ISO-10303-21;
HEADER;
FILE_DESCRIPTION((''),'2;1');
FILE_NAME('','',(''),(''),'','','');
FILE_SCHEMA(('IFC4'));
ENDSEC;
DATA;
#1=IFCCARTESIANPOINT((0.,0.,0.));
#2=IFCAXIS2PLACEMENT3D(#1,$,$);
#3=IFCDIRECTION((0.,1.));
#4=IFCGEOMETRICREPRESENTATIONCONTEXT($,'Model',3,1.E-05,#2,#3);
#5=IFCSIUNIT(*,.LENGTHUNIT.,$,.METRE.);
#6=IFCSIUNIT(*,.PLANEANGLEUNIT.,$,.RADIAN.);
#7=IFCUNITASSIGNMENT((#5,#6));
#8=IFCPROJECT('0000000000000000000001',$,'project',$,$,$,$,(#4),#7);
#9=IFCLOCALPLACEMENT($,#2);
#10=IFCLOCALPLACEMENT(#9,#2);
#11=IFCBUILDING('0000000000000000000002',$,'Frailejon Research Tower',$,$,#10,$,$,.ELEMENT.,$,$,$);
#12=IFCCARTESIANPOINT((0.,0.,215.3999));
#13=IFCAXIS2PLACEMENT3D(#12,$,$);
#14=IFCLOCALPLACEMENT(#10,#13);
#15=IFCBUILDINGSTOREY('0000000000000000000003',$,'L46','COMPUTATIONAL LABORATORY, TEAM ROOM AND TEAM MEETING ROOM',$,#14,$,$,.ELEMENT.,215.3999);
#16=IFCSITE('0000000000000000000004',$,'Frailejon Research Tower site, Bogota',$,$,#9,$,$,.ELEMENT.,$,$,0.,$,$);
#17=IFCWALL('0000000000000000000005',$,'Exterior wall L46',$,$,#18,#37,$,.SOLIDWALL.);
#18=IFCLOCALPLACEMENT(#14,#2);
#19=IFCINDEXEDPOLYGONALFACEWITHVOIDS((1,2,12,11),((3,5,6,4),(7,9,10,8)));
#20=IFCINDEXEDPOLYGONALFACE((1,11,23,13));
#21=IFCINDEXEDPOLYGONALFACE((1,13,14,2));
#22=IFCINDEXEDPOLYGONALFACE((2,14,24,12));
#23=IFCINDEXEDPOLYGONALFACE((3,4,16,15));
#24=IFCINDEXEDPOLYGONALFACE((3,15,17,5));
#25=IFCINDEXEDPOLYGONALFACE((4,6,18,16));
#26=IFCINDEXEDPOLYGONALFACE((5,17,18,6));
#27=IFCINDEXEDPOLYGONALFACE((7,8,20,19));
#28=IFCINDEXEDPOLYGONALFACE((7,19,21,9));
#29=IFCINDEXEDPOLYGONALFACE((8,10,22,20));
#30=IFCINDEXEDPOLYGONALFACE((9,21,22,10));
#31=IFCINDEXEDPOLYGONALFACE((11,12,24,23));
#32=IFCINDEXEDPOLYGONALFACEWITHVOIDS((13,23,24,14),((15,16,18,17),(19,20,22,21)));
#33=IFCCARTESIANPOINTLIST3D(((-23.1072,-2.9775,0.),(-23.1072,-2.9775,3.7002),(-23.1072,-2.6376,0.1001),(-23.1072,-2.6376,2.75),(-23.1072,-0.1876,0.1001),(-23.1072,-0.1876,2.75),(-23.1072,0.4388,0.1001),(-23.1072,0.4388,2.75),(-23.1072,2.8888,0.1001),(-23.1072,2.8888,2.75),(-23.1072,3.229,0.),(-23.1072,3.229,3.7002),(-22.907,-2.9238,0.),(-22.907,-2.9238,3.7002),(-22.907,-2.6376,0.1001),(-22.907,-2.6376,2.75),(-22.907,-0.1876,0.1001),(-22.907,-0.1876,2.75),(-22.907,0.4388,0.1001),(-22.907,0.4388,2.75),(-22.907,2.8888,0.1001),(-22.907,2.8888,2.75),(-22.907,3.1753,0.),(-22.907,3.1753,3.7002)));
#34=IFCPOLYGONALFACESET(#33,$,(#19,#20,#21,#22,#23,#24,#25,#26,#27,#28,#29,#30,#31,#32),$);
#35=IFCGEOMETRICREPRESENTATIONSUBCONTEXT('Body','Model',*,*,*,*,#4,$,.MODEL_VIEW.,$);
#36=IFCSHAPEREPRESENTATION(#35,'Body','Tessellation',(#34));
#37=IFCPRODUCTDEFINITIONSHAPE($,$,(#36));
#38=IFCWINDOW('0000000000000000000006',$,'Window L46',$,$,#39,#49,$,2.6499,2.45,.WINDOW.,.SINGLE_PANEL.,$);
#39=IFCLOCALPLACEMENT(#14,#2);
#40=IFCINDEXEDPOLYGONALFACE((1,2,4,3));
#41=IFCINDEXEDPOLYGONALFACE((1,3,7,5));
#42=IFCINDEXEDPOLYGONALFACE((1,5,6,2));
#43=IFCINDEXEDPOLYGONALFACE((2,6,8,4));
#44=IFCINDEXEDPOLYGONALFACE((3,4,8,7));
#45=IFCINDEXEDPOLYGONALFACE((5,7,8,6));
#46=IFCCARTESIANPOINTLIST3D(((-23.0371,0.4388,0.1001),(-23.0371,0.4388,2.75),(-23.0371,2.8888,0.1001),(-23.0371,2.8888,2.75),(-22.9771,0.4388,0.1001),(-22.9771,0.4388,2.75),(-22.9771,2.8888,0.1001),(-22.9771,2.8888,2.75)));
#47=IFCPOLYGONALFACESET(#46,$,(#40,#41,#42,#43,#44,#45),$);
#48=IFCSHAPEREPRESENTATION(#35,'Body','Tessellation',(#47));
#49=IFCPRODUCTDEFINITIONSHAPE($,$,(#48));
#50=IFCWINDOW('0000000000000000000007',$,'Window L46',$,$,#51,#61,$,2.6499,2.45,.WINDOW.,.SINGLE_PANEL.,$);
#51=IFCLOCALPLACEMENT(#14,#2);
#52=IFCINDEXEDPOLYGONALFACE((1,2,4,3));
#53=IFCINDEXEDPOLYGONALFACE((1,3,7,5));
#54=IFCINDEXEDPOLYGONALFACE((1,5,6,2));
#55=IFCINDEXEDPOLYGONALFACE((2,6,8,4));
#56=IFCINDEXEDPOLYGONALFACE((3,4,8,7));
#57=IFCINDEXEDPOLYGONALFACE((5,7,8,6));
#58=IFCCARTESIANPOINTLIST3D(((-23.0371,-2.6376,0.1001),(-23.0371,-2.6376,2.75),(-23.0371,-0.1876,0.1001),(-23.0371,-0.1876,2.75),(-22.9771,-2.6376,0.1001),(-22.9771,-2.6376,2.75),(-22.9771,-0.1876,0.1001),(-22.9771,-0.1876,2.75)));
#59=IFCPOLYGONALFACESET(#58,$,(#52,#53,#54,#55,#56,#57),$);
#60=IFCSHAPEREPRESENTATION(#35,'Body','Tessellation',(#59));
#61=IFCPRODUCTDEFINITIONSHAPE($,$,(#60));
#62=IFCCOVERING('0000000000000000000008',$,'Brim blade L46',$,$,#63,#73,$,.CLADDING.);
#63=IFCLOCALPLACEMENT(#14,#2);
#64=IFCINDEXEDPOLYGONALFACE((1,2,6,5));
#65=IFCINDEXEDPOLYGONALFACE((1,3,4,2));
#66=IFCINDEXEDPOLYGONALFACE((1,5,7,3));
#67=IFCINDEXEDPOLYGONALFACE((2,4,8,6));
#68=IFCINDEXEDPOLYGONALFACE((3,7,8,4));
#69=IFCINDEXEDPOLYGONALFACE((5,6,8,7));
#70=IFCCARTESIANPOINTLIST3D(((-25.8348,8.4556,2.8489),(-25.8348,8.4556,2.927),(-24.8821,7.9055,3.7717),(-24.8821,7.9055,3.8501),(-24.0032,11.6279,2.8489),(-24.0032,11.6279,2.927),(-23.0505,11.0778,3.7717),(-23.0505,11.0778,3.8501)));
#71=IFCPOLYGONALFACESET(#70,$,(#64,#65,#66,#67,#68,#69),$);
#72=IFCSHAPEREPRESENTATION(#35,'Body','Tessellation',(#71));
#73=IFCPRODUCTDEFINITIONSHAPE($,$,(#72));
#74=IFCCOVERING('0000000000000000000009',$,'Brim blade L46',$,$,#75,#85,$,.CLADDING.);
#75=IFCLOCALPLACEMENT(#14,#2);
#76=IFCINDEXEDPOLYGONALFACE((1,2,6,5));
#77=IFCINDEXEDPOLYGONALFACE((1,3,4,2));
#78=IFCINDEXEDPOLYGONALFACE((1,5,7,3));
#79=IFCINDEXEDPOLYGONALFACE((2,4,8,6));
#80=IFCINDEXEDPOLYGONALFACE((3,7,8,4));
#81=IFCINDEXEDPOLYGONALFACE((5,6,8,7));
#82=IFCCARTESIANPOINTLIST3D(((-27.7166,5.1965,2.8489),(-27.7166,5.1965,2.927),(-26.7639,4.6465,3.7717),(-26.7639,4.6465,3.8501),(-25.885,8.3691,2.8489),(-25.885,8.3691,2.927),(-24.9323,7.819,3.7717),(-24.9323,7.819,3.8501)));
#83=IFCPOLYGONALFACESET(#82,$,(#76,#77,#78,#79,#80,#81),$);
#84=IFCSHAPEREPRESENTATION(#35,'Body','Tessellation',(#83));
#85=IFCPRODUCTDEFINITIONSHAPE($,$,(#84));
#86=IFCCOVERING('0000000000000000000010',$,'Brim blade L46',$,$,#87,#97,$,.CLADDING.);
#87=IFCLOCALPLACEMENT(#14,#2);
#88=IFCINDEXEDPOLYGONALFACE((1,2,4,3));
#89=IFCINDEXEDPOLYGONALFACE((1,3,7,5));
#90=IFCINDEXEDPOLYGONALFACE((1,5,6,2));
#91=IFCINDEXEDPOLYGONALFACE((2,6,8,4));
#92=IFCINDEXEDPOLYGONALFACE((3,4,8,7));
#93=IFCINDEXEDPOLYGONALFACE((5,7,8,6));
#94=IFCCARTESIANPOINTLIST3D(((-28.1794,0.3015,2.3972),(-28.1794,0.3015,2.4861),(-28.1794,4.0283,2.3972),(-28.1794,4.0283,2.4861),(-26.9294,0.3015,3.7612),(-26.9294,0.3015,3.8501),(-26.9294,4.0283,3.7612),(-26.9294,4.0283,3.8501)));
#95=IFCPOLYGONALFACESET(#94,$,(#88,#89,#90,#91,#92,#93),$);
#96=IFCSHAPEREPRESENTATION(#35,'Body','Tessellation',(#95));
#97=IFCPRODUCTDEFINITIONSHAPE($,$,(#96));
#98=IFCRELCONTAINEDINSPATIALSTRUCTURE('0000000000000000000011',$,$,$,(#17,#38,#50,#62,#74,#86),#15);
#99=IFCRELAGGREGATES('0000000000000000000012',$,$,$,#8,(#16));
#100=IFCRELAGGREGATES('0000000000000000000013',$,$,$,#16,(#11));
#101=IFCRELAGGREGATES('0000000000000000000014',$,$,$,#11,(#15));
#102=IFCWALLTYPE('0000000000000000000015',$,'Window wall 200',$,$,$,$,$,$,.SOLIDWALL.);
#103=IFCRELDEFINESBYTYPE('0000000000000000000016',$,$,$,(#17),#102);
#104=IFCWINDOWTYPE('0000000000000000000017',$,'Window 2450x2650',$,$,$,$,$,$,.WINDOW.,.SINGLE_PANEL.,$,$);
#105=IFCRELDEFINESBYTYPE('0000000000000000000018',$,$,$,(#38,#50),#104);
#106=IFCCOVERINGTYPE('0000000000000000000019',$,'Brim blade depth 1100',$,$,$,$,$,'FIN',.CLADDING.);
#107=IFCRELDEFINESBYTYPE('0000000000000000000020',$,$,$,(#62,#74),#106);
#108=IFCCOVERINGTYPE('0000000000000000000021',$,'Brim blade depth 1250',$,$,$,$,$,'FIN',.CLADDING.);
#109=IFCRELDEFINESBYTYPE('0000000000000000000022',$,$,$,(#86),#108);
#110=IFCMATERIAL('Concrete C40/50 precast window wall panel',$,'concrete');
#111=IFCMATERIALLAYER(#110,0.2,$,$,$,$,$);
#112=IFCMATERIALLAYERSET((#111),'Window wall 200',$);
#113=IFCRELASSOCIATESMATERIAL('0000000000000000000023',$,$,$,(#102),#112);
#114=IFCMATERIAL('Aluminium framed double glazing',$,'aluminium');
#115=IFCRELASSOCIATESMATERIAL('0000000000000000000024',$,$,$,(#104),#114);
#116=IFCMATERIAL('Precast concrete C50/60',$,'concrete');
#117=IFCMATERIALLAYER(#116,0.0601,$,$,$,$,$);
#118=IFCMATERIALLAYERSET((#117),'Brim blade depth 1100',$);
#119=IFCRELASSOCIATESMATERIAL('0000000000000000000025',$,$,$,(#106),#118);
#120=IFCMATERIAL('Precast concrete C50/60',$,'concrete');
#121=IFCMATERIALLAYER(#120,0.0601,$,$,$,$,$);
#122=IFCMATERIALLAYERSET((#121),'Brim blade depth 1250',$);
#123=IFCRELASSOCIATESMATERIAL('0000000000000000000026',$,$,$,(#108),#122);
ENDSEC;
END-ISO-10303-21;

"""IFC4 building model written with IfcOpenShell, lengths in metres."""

from ifc_helpers import new_model, si_unit, direction, frame, frame_2d, origin, place, context, subcontext, project, spatial, polyline, rectangle, outline, extrude, material, layer, layer_set, type_object, element, fill, save


model = new_model("IFC4")

# Units and contexts
model_context = context("Model", 3, precision=1e-05, world=origin(), true_north=direction((0.0, 1.0)))
body_context = subcontext(model_context, "Body", "Model", "MODEL_VIEW")
ifc_project = project(units=[si_unit("LENGTHUNIT", "METRE"), si_unit("PLANEANGLEUNIT", "RADIAN")], contexts=[model_context])

# Site, building, storey
site_placement = place(None, origin())
site = spatial("IfcSite", under=ifc_project, at=site_placement, Name="Frailejon Research Tower site, Bogota", CompositionType="ELEMENT", RefElevation=0.0)
building_placement = place(site_placement, origin())
building = spatial("IfcBuilding", under=site, at=building_placement, Name="Frailejon Research Tower", CompositionType="ELEMENT")
storey_placement = place(building_placement, frame((0.0, 0.0, 215.3999)))
storey = spatial("IfcBuildingStorey", under=building, at=storey_placement, Name="L46", Description="COMPUTATIONAL LABORATORY, TEAM ROOM AND TEAM MEETING ROOM", CompositionType="ELEMENT", Elevation=215.3999)

# Wall, openings, windows
ifc_material_1 = material(Name="Concrete C40/50 precast window wall panel", Category="concrete")
ifc_layer_1 = layer(ifc_material_1, 0.2)
ifc_layer_set_1 = layer_set([ifc_layer_1], Name="Window wall 200")
wall_type_1 = type_object("IfcWallType", Name="Window wall 200", PredefinedType="SOLIDWALL", material=ifc_layer_set_1)
wall_1_placement = place(storey_placement, frame((-23.0071, 3.2021, 0.0), z_axis=(0.0, 0.0, 1.0), x_axis=(0.0, -1.0, 0.0)))
wall_1 = element("IfcWall", 1, at=wall_1_placement, inside=storey, type_object=wall_type_1, Name="Exterior wall L46", PredefinedType="SOLIDWALL", context=body_context, shape_type="SweptSolid", body=[
    extrude(outline(polyline([(-0.0269, -0.1001), (1.0076, -0.1001), (2.042, -0.1001), (3.0764, -0.1001), (4.1108, -0.1001), (5.1453, -0.1001), (6.1797, -0.1001), (6.126, 0.1001), (5.1094, 0.1001), (4.093, 0.1001), (3.0764, 0.1001), (2.0598, 0.1001), (1.0435, 0.1001), (0.0269, 0.1001), (-0.0269, -0.1001)])), origin(), (0.0, 0.0, 1.0), 3.7002),
])
opening_1_placement = place(wall_1_placement, frame((0.3132, 0.0, 0.1001)))
opening_1 = element("IfcOpeningElement", 2, at=opening_1_placement, cuts=wall_1, PredefinedType="OPENING", context=body_context, shape_type="SweptSolid", body=[
    extrude(rectangle(XDim=2.45, YDim=2.6499, at=frame_2d((1.2251, 1.325))), frame((0.0, 0.1099, 0.0), z_axis=(0.0, -1.0, 0.0), x_axis=(1.0, 0.0, 0.0)), (0.0, 0.0, 1.0), 0.22),
])
opening_2_placement = place(wall_1_placement, frame((3.3896, 0.0, 0.1001)))
opening_2 = element("IfcOpeningElement", 3, at=opening_2_placement, cuts=wall_1, PredefinedType="OPENING", context=body_context, shape_type="SweptSolid", body=[
    extrude(rectangle(XDim=2.45, YDim=2.6499, at=frame_2d((1.2251, 1.325))), frame((0.0, 0.1099, 0.0), z_axis=(0.0, -1.0, 0.0), x_axis=(1.0, 0.0, 0.0)), (0.0, 0.0, 1.0), 0.22),
])
ifc_material_2 = material(Name="Aluminium framed double glazing", Category="aluminium")
window_type = type_object("IfcWindowType", Name="Window 2450x2650", PartitioningType="SINGLE_PANEL", PredefinedType="WINDOW", material=ifc_material_2)
window_1_placement = place(opening_1_placement, origin())
window_1 = element("IfcWindow", 4, at=window_1_placement, inside=storey, type_object=window_type, Name="Window L46", OverallHeight=2.6499, OverallWidth=2.45, PartitioningType="SINGLE_PANEL", PredefinedType="WINDOW", context=body_context, shape_type="SweptSolid", body=[
    extrude(rectangle(XDim=2.45, YDim=2.6499, at=frame_2d((1.2251, 1.325))), frame((0.0, 0.03, 0.0), z_axis=(0.0, -1.0, 0.0), x_axis=(1.0, 0.0, 0.0)), (0.0, 0.0, 1.0), 0.0601),
])
fill(opening_1, window_1)
window_2_placement = place(opening_2_placement, origin())
window_2 = element("IfcWindow", 5, at=window_2_placement, inside=storey, type_object=window_type, Name="Window L46", OverallHeight=2.6499, OverallWidth=2.45, PartitioningType="SINGLE_PANEL", PredefinedType="WINDOW", context=body_context, shape_type="SweptSolid", body=[
    extrude(rectangle(XDim=2.45, YDim=2.6499, at=frame_2d((1.2251, 1.325))), frame((0.0, 0.03, 0.0), z_axis=(0.0, -1.0, 0.0), x_axis=(1.0, 0.0, 0.0)), (0.0, 0.0, 1.0), 0.0601),
])
fill(opening_2, window_2)

# Coverings
ifc_material_3 = material(Name="Precast concrete C50/60", Category="concrete")
ifc_layer_2 = layer(ifc_material_3, 0.0601)
ifc_layer_set_2 = layer_set([ifc_layer_2], Name="Brim blade depth 1100")
covering_type_1 = type_object("IfcCoveringType", Name="Brim blade depth 1100", ElementType="FIN", PredefinedType="CLADDING", material=ifc_layer_set_2)
covering_1_placement = place(storey_placement, frame((-24.8821, 7.9055, 3.8501), z_axis=(0.500003, 0.866024, 0.0), x_axis=(-0.866024, 0.500003, 0.0)))
element("IfcCovering", 6, at=covering_1_placement, inside=storey, type_object=covering_type_1, Name="Brim blade L46", PredefinedType="CLADDING", context=body_context, shape_type="SweptSolid", body=[
    extrude(outline(polyline([(0.0, -0.0784), (1.1001, -1.0012), (1.1001, -0.9231), (0.0, 0.0), (0.0, -0.0784)])), origin(), (0.0, 0.0, 1.0), 3.6631),
])
covering_2_placement = place(storey_placement, frame((-26.7639, 4.6465, 3.8501), z_axis=(0.499992, 0.86603, 0.0), x_axis=(-0.86603, 0.499992, 0.0)))
element("IfcCovering", 7, at=covering_2_placement, inside=storey, type_object=covering_type_1, Name="Brim blade L46", PredefinedType="CLADDING", context=body_context, shape_type="SweptSolid", body=[
    extrude(outline(polyline([(0.0, -0.0784), (1.1001, -1.0012), (1.1001, -0.9231), (0.0, 0.0), (0.0, -0.0784)])), origin(), (0.0, 0.0, 1.0), 3.6633),
])
ifc_material_4 = material(Name="Precast concrete C50/60", Category="concrete")
ifc_layer_3 = layer(ifc_material_4, 0.0601)
ifc_layer_set_3 = layer_set([ifc_layer_3], Name="Brim blade depth 1250")
covering_type_2 = type_object("IfcCoveringType", Name="Brim blade depth 1250", ElementType="FIN", PredefinedType="CLADDING", material=ifc_layer_set_3)
covering_3_placement = place(storey_placement, frame((-26.9294, 0.3015, 3.8501), z_axis=(0.0, 1.0, 0.0), x_axis=(-1.0, 0.0, 0.0)))
element("IfcCovering", 8, at=covering_3_placement, inside=storey, type_object=covering_type_2, Name="Brim blade L46", PredefinedType="CLADDING", context=body_context, shape_type="SweptSolid", body=[
    extrude(outline(polyline([(0.0, -0.0889), (1.25, -1.4529), (1.25, -1.364), (0.0, 0.0), (0.0, -0.0889)])), origin(), (0.0, 0.0, 1.0), 3.7268),
])

save(model, "model.ifc")
